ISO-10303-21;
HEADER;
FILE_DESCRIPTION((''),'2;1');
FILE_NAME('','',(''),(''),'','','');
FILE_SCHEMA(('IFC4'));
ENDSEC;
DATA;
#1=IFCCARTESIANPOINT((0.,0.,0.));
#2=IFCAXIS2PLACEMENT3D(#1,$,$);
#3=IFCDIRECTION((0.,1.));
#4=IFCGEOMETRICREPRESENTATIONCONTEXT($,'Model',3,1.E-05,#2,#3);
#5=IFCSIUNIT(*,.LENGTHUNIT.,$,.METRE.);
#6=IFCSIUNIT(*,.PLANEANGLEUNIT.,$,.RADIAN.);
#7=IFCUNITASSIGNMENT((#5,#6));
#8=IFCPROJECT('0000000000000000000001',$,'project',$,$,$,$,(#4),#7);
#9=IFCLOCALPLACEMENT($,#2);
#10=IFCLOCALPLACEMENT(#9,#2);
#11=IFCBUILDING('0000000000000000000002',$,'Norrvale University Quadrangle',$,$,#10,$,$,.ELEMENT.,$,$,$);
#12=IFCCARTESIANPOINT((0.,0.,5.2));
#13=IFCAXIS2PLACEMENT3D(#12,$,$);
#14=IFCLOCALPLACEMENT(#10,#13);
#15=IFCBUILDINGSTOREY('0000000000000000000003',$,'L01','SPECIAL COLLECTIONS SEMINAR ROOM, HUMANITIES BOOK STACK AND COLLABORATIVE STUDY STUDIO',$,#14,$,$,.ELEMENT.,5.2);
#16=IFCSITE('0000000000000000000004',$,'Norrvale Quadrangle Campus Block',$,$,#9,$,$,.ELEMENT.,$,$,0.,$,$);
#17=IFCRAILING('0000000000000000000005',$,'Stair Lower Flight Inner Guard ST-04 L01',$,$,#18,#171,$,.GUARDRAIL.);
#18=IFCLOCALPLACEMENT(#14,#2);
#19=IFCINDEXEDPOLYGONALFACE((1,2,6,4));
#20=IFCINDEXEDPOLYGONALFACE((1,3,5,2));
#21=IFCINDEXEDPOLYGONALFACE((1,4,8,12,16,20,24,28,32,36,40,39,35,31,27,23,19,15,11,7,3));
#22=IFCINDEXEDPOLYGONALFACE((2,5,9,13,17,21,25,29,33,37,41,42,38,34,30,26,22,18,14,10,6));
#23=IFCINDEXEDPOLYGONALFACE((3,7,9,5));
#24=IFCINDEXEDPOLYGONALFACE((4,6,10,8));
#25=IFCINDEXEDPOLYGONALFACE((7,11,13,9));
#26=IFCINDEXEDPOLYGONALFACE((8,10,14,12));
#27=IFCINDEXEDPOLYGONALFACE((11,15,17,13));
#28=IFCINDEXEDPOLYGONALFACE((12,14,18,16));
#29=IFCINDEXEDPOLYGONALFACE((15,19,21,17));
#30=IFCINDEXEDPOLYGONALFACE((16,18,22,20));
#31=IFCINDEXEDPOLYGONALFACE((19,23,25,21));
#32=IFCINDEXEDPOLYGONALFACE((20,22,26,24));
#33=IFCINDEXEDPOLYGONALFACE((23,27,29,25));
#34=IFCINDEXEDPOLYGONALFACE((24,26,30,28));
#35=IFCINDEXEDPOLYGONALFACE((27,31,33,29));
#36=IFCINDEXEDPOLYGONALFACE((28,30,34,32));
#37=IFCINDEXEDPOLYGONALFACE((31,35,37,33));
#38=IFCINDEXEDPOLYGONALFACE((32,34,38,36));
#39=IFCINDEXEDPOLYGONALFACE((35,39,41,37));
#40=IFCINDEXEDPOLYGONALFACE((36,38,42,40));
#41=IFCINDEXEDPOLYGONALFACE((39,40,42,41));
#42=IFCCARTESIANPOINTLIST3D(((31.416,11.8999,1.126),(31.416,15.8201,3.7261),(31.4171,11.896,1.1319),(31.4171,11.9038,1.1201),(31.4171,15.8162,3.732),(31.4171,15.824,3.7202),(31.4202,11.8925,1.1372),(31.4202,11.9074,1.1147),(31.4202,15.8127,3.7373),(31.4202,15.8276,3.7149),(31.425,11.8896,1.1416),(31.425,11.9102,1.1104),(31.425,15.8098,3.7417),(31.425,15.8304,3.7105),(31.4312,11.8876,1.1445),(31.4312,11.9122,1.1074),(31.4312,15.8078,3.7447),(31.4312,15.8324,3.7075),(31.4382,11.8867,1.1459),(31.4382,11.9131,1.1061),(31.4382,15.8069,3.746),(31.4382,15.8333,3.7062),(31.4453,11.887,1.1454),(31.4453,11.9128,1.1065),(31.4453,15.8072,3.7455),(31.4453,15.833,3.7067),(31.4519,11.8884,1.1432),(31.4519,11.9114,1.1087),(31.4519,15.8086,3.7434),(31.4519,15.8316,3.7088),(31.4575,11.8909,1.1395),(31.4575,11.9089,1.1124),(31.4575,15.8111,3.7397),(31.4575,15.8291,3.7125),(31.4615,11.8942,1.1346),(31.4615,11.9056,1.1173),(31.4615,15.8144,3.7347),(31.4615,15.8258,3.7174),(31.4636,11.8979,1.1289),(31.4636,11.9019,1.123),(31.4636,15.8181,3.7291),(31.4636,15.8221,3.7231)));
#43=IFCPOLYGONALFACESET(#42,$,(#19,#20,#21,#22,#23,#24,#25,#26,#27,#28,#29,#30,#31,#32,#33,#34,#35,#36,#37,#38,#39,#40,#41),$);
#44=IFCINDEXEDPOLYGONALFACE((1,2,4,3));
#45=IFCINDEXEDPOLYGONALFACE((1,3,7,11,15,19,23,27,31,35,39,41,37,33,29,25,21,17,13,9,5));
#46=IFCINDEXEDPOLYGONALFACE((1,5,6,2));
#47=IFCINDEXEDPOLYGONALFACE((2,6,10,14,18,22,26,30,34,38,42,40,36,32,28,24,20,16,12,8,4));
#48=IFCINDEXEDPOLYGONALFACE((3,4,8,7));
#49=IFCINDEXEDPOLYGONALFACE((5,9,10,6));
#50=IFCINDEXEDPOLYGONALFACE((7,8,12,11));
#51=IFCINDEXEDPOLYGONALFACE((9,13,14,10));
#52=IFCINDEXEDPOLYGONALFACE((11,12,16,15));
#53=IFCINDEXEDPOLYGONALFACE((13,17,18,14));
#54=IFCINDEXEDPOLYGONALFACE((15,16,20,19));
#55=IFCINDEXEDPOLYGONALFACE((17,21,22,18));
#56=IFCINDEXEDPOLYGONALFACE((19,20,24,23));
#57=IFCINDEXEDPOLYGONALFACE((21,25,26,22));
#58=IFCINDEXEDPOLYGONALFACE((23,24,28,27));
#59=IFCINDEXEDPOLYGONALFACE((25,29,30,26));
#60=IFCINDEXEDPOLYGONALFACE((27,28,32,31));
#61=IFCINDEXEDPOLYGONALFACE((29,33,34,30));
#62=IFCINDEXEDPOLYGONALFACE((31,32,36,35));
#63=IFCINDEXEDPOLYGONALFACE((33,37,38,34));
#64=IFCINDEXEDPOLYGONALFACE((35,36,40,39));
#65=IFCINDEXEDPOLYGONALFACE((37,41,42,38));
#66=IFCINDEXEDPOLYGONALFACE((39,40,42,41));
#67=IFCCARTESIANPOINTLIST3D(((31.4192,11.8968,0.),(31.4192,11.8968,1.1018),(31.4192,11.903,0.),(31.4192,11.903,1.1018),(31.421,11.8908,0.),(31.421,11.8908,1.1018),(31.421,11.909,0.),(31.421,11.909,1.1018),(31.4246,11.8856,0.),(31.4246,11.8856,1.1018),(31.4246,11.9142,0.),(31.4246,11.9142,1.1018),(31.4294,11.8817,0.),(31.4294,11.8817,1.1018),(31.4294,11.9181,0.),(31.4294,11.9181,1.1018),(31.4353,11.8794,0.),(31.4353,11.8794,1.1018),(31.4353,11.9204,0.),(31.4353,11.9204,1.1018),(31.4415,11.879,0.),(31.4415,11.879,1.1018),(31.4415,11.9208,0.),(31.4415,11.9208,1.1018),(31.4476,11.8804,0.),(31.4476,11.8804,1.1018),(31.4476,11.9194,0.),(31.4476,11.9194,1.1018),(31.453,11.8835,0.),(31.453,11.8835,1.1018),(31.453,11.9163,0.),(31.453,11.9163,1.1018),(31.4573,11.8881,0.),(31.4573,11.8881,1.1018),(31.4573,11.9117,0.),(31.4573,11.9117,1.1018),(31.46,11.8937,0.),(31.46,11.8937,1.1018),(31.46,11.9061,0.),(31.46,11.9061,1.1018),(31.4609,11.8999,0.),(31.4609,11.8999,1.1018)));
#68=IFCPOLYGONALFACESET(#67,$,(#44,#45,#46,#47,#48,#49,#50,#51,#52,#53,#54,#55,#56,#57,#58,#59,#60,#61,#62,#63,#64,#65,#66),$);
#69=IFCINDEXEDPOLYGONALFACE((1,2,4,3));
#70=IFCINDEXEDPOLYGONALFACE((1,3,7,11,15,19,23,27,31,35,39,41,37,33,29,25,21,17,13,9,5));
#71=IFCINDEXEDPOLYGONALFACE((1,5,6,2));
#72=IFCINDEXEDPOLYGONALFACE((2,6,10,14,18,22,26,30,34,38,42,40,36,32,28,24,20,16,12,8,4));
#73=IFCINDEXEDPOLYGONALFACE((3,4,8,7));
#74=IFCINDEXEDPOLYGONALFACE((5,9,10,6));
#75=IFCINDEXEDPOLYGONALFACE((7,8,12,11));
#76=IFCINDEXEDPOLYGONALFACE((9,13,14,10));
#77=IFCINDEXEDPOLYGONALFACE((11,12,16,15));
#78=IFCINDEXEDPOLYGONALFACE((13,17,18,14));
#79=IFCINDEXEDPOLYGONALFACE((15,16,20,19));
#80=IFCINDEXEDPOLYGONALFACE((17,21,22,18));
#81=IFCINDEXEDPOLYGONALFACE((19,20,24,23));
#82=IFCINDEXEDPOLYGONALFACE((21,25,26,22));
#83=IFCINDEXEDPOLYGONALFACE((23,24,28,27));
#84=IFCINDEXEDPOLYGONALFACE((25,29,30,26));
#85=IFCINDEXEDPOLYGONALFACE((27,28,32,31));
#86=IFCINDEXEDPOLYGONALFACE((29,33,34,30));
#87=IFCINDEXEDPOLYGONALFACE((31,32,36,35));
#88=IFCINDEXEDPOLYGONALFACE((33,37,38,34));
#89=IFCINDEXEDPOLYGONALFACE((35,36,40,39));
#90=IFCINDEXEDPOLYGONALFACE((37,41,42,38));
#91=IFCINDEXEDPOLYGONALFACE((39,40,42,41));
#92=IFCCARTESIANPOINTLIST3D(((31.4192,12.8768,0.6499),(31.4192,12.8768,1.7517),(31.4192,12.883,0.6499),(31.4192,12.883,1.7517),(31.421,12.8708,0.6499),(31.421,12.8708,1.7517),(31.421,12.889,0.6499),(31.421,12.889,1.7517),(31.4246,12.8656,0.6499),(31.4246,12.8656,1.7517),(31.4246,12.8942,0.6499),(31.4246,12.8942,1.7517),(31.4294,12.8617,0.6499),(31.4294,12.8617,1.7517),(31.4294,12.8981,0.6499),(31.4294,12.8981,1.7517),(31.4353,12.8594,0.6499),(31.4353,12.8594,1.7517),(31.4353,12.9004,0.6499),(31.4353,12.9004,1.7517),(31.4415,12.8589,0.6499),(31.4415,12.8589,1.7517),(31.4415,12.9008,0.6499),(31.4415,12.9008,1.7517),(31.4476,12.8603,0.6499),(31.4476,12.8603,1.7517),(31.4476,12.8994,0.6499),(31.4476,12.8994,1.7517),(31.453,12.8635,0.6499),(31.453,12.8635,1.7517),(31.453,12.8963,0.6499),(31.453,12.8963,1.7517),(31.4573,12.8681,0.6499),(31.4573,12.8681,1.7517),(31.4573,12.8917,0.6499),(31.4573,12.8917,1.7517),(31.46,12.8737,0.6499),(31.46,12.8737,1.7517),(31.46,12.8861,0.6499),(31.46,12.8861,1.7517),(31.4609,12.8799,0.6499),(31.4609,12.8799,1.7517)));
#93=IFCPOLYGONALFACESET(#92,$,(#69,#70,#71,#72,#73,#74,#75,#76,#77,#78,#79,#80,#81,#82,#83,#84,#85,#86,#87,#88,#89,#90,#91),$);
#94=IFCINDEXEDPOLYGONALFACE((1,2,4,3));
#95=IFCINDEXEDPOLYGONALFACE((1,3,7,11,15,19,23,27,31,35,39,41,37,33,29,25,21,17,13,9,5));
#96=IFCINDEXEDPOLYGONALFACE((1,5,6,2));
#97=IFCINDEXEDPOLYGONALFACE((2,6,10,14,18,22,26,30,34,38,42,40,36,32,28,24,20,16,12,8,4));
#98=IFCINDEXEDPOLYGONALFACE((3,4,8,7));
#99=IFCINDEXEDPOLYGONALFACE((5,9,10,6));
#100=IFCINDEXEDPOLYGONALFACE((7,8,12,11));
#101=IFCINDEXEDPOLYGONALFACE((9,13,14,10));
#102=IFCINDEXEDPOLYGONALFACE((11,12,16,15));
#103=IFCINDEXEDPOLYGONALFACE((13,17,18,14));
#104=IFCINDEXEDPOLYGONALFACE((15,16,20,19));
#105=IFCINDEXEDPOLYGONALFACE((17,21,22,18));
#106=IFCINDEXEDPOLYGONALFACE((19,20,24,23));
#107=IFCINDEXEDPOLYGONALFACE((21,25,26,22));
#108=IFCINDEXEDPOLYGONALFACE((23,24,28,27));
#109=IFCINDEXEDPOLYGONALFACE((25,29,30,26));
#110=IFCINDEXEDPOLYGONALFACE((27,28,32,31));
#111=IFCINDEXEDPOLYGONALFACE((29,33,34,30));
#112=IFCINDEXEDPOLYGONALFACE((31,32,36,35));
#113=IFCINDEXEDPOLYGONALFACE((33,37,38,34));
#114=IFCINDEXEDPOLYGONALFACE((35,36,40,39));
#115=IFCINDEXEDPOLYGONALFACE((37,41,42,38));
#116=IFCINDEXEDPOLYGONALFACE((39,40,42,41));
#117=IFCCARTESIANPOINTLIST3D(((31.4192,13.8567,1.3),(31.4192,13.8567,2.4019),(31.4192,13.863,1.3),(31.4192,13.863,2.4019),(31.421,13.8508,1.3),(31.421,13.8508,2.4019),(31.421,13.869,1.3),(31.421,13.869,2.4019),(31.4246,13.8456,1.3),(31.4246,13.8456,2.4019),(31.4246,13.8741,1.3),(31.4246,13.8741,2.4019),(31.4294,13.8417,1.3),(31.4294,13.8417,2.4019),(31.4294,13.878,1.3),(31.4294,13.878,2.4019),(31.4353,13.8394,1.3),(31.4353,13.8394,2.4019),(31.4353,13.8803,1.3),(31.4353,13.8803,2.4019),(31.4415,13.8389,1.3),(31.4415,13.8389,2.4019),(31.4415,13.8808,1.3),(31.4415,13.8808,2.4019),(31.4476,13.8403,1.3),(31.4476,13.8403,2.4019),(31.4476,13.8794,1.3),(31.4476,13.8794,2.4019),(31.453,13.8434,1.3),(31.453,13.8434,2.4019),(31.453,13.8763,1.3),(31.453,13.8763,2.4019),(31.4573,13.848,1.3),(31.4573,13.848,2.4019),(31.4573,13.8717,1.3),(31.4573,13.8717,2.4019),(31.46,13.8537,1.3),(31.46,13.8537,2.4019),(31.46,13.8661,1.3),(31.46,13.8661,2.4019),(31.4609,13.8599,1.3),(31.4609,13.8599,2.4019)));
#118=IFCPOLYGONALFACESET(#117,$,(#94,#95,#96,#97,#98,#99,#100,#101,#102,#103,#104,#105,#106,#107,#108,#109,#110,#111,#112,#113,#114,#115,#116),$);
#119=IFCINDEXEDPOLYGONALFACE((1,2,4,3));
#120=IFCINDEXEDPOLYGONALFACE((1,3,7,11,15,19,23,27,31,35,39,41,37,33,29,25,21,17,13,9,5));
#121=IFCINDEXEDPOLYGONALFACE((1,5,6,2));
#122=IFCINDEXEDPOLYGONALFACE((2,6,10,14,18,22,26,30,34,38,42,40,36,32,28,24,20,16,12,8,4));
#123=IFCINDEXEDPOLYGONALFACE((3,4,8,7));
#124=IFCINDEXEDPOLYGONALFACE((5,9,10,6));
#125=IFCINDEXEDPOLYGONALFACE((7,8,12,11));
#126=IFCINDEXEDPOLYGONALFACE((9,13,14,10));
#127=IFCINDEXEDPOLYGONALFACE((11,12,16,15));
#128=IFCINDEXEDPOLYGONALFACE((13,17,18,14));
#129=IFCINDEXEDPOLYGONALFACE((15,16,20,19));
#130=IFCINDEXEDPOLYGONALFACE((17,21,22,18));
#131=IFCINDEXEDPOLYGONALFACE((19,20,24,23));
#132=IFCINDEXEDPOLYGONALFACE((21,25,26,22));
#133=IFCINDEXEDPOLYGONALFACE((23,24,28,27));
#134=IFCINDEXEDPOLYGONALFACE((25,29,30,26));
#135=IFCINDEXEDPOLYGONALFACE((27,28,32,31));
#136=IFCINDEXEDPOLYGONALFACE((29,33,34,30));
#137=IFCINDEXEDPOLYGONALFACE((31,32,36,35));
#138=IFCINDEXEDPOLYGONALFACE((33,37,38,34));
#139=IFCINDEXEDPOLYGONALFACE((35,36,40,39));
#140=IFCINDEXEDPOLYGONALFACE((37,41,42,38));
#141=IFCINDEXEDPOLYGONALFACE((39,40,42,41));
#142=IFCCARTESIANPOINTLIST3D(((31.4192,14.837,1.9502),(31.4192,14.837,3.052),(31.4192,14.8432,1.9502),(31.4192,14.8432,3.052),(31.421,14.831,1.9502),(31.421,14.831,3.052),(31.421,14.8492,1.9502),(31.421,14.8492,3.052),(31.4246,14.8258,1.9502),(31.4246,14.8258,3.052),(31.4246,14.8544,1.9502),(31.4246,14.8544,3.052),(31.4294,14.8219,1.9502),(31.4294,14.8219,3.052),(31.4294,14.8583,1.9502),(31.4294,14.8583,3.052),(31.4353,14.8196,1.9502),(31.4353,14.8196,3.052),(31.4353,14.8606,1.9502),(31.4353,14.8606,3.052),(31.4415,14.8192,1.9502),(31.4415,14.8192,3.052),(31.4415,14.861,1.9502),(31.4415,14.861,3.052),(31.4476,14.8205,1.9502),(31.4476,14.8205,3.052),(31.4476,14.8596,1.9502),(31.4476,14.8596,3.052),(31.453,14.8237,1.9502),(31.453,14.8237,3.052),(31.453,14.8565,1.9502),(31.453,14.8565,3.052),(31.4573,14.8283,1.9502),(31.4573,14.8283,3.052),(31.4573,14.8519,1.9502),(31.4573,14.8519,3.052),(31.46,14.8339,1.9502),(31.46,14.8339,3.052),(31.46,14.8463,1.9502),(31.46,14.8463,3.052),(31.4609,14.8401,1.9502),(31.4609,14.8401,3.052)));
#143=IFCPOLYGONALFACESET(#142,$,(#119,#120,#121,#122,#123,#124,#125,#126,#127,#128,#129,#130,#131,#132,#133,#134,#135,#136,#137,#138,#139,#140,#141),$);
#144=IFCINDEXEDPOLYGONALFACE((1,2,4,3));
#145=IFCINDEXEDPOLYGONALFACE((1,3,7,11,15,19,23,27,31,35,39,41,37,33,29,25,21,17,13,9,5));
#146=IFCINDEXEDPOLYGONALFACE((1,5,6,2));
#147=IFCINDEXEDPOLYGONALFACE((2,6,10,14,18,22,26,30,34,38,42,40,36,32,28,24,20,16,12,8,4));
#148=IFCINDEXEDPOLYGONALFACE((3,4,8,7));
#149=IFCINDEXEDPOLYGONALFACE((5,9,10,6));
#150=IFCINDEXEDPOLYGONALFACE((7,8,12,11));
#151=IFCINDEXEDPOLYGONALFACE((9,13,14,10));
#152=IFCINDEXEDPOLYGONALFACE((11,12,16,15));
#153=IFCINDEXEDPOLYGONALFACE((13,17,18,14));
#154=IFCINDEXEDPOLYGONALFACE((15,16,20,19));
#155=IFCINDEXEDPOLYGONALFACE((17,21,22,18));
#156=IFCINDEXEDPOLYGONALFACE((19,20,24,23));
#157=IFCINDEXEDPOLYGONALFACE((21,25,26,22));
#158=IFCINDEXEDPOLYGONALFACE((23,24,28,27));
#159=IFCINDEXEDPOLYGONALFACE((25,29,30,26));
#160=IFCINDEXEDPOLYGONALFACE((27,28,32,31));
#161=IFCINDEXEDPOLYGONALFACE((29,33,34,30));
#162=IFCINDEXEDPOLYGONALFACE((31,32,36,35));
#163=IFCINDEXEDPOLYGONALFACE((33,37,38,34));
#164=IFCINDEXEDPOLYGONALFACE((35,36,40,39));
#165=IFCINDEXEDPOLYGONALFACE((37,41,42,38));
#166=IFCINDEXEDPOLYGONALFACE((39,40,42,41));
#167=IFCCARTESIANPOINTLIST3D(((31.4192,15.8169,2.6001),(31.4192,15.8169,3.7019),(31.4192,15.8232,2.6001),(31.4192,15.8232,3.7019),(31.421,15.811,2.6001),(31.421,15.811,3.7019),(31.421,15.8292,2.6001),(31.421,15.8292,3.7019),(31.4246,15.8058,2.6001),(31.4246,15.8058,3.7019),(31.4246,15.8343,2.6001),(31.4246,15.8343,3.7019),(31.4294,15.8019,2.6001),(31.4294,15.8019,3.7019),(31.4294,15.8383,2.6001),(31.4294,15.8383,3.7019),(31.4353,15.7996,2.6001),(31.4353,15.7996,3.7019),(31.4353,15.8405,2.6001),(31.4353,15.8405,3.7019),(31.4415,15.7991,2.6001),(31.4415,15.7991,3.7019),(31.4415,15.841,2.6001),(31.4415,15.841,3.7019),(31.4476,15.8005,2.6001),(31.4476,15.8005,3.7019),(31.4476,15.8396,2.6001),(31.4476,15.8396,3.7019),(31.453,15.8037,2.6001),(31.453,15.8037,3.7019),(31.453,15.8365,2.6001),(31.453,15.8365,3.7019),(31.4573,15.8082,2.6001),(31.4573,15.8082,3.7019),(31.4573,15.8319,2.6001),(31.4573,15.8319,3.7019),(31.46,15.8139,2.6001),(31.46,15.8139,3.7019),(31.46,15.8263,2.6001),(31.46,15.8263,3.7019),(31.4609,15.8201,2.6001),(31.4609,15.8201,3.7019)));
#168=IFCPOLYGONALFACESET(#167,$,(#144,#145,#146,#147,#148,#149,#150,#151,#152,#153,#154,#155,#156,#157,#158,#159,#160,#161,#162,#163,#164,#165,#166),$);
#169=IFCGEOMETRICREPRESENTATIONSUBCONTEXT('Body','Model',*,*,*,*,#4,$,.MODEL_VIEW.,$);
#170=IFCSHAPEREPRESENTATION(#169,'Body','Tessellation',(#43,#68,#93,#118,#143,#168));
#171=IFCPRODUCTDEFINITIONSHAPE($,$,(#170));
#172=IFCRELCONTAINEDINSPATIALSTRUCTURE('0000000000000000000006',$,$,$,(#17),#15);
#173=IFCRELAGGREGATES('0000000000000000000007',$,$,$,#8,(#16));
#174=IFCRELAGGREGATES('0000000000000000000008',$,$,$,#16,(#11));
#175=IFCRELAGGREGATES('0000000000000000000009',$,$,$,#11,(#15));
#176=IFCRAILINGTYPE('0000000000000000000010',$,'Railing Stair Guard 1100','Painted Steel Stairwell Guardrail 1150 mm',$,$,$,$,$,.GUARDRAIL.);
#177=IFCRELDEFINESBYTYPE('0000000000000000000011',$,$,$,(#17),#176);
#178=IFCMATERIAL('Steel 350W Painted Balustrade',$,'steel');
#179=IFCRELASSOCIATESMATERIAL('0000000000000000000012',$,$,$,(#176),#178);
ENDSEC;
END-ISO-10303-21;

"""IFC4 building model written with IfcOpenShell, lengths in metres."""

from ifc_helpers import new_model, si_unit, direction, frame, origin, origin_2d, place, context, subcontext, project, spatial, circle, extrude, material, type_object, element, save


model = new_model("IFC4")

# Units and contexts
model_context = context("Model", 3, precision=1e-05, world=origin(), true_north=direction((0.0, 1.0)))
body_context = subcontext(model_context, "Body", "Model", "MODEL_VIEW")
ifc_project = project(units=[si_unit("LENGTHUNIT", "METRE"), si_unit("PLANEANGLEUNIT", "RADIAN")], contexts=[model_context])

# Site, building, storey
site_placement = place(None, origin())
site = spatial("IfcSite", under=ifc_project, at=site_placement, Name="Norrvale Quadrangle Campus Block", CompositionType="ELEMENT", RefElevation=0.0)
building_placement = place(site_placement, origin())
building = spatial("IfcBuilding", under=site, at=building_placement, Name="Norrvale University Quadrangle", CompositionType="ELEMENT")
storey_placement = place(building_placement, frame((0.0, 0.0, 5.2)))
storey = spatial("IfcBuildingStorey", under=building, at=storey_placement, Name="L01", Description="SPECIAL COLLECTIONS SEMINAR ROOM, HUMANITIES BOOK STACK AND COLLABORATIVE STUDY STUDIO", CompositionType="ELEMENT", Elevation=5.2)

# Railing
ifc_material_1 = material(Name="Steel 350W Painted Balustrade", Category="steel")
railing_type_1 = type_object("IfcRailingType", Name="Railing Stair Guard 1100", Description="Painted Steel Stairwell Guardrail 1150 mm", PredefinedType="GUARDRAIL", material=ifc_material_1)
railing_1_placement = place(storey_placement, frame((31.4399, 11.8999, 0.0)))
element("IfcRailing", 1, at=railing_1_placement, inside=storey, type_object=railing_type_1, Name="Stair Lower Flight Inner Guard ST-04 L01", PredefinedType="GUARDRAIL", context=body_context, shape_type="SweptSolid", body=[
    extrude(circle(Radius=0.0239, at=origin_2d()), frame((0.0, 0.0, 1.126), z_axis=(0.0, 0.833357, 0.552734), x_axis=(-1.0, 0.0, 0.0)), (0.0, 0.0, 1.0), 4.7041),
    extrude(circle(Radius=0.021, at=origin_2d()), origin(), (0.0, 0.0, 1.0), 1.1018),
    extrude(circle(Radius=0.021, at=origin_2d()), frame((0.0, 0.98, 0.6499)), (0.0, 0.0, 1.0), 1.1018),
    extrude(circle(Radius=0.021, at=origin_2d()), frame((0.0, 1.96, 1.3)), (0.0, 0.0, 1.0), 1.1018),
    extrude(circle(Radius=0.021, at=origin_2d()), frame((0.0, 2.9402, 1.9502)), (0.0, 0.0, 1.0), 1.1018),
    extrude(circle(Radius=0.021, at=origin_2d()), frame((0.0, 3.9202, 2.6001)), (0.0, 0.0, 1.0), 1.1018),
])

save(model, "model.ifc")
